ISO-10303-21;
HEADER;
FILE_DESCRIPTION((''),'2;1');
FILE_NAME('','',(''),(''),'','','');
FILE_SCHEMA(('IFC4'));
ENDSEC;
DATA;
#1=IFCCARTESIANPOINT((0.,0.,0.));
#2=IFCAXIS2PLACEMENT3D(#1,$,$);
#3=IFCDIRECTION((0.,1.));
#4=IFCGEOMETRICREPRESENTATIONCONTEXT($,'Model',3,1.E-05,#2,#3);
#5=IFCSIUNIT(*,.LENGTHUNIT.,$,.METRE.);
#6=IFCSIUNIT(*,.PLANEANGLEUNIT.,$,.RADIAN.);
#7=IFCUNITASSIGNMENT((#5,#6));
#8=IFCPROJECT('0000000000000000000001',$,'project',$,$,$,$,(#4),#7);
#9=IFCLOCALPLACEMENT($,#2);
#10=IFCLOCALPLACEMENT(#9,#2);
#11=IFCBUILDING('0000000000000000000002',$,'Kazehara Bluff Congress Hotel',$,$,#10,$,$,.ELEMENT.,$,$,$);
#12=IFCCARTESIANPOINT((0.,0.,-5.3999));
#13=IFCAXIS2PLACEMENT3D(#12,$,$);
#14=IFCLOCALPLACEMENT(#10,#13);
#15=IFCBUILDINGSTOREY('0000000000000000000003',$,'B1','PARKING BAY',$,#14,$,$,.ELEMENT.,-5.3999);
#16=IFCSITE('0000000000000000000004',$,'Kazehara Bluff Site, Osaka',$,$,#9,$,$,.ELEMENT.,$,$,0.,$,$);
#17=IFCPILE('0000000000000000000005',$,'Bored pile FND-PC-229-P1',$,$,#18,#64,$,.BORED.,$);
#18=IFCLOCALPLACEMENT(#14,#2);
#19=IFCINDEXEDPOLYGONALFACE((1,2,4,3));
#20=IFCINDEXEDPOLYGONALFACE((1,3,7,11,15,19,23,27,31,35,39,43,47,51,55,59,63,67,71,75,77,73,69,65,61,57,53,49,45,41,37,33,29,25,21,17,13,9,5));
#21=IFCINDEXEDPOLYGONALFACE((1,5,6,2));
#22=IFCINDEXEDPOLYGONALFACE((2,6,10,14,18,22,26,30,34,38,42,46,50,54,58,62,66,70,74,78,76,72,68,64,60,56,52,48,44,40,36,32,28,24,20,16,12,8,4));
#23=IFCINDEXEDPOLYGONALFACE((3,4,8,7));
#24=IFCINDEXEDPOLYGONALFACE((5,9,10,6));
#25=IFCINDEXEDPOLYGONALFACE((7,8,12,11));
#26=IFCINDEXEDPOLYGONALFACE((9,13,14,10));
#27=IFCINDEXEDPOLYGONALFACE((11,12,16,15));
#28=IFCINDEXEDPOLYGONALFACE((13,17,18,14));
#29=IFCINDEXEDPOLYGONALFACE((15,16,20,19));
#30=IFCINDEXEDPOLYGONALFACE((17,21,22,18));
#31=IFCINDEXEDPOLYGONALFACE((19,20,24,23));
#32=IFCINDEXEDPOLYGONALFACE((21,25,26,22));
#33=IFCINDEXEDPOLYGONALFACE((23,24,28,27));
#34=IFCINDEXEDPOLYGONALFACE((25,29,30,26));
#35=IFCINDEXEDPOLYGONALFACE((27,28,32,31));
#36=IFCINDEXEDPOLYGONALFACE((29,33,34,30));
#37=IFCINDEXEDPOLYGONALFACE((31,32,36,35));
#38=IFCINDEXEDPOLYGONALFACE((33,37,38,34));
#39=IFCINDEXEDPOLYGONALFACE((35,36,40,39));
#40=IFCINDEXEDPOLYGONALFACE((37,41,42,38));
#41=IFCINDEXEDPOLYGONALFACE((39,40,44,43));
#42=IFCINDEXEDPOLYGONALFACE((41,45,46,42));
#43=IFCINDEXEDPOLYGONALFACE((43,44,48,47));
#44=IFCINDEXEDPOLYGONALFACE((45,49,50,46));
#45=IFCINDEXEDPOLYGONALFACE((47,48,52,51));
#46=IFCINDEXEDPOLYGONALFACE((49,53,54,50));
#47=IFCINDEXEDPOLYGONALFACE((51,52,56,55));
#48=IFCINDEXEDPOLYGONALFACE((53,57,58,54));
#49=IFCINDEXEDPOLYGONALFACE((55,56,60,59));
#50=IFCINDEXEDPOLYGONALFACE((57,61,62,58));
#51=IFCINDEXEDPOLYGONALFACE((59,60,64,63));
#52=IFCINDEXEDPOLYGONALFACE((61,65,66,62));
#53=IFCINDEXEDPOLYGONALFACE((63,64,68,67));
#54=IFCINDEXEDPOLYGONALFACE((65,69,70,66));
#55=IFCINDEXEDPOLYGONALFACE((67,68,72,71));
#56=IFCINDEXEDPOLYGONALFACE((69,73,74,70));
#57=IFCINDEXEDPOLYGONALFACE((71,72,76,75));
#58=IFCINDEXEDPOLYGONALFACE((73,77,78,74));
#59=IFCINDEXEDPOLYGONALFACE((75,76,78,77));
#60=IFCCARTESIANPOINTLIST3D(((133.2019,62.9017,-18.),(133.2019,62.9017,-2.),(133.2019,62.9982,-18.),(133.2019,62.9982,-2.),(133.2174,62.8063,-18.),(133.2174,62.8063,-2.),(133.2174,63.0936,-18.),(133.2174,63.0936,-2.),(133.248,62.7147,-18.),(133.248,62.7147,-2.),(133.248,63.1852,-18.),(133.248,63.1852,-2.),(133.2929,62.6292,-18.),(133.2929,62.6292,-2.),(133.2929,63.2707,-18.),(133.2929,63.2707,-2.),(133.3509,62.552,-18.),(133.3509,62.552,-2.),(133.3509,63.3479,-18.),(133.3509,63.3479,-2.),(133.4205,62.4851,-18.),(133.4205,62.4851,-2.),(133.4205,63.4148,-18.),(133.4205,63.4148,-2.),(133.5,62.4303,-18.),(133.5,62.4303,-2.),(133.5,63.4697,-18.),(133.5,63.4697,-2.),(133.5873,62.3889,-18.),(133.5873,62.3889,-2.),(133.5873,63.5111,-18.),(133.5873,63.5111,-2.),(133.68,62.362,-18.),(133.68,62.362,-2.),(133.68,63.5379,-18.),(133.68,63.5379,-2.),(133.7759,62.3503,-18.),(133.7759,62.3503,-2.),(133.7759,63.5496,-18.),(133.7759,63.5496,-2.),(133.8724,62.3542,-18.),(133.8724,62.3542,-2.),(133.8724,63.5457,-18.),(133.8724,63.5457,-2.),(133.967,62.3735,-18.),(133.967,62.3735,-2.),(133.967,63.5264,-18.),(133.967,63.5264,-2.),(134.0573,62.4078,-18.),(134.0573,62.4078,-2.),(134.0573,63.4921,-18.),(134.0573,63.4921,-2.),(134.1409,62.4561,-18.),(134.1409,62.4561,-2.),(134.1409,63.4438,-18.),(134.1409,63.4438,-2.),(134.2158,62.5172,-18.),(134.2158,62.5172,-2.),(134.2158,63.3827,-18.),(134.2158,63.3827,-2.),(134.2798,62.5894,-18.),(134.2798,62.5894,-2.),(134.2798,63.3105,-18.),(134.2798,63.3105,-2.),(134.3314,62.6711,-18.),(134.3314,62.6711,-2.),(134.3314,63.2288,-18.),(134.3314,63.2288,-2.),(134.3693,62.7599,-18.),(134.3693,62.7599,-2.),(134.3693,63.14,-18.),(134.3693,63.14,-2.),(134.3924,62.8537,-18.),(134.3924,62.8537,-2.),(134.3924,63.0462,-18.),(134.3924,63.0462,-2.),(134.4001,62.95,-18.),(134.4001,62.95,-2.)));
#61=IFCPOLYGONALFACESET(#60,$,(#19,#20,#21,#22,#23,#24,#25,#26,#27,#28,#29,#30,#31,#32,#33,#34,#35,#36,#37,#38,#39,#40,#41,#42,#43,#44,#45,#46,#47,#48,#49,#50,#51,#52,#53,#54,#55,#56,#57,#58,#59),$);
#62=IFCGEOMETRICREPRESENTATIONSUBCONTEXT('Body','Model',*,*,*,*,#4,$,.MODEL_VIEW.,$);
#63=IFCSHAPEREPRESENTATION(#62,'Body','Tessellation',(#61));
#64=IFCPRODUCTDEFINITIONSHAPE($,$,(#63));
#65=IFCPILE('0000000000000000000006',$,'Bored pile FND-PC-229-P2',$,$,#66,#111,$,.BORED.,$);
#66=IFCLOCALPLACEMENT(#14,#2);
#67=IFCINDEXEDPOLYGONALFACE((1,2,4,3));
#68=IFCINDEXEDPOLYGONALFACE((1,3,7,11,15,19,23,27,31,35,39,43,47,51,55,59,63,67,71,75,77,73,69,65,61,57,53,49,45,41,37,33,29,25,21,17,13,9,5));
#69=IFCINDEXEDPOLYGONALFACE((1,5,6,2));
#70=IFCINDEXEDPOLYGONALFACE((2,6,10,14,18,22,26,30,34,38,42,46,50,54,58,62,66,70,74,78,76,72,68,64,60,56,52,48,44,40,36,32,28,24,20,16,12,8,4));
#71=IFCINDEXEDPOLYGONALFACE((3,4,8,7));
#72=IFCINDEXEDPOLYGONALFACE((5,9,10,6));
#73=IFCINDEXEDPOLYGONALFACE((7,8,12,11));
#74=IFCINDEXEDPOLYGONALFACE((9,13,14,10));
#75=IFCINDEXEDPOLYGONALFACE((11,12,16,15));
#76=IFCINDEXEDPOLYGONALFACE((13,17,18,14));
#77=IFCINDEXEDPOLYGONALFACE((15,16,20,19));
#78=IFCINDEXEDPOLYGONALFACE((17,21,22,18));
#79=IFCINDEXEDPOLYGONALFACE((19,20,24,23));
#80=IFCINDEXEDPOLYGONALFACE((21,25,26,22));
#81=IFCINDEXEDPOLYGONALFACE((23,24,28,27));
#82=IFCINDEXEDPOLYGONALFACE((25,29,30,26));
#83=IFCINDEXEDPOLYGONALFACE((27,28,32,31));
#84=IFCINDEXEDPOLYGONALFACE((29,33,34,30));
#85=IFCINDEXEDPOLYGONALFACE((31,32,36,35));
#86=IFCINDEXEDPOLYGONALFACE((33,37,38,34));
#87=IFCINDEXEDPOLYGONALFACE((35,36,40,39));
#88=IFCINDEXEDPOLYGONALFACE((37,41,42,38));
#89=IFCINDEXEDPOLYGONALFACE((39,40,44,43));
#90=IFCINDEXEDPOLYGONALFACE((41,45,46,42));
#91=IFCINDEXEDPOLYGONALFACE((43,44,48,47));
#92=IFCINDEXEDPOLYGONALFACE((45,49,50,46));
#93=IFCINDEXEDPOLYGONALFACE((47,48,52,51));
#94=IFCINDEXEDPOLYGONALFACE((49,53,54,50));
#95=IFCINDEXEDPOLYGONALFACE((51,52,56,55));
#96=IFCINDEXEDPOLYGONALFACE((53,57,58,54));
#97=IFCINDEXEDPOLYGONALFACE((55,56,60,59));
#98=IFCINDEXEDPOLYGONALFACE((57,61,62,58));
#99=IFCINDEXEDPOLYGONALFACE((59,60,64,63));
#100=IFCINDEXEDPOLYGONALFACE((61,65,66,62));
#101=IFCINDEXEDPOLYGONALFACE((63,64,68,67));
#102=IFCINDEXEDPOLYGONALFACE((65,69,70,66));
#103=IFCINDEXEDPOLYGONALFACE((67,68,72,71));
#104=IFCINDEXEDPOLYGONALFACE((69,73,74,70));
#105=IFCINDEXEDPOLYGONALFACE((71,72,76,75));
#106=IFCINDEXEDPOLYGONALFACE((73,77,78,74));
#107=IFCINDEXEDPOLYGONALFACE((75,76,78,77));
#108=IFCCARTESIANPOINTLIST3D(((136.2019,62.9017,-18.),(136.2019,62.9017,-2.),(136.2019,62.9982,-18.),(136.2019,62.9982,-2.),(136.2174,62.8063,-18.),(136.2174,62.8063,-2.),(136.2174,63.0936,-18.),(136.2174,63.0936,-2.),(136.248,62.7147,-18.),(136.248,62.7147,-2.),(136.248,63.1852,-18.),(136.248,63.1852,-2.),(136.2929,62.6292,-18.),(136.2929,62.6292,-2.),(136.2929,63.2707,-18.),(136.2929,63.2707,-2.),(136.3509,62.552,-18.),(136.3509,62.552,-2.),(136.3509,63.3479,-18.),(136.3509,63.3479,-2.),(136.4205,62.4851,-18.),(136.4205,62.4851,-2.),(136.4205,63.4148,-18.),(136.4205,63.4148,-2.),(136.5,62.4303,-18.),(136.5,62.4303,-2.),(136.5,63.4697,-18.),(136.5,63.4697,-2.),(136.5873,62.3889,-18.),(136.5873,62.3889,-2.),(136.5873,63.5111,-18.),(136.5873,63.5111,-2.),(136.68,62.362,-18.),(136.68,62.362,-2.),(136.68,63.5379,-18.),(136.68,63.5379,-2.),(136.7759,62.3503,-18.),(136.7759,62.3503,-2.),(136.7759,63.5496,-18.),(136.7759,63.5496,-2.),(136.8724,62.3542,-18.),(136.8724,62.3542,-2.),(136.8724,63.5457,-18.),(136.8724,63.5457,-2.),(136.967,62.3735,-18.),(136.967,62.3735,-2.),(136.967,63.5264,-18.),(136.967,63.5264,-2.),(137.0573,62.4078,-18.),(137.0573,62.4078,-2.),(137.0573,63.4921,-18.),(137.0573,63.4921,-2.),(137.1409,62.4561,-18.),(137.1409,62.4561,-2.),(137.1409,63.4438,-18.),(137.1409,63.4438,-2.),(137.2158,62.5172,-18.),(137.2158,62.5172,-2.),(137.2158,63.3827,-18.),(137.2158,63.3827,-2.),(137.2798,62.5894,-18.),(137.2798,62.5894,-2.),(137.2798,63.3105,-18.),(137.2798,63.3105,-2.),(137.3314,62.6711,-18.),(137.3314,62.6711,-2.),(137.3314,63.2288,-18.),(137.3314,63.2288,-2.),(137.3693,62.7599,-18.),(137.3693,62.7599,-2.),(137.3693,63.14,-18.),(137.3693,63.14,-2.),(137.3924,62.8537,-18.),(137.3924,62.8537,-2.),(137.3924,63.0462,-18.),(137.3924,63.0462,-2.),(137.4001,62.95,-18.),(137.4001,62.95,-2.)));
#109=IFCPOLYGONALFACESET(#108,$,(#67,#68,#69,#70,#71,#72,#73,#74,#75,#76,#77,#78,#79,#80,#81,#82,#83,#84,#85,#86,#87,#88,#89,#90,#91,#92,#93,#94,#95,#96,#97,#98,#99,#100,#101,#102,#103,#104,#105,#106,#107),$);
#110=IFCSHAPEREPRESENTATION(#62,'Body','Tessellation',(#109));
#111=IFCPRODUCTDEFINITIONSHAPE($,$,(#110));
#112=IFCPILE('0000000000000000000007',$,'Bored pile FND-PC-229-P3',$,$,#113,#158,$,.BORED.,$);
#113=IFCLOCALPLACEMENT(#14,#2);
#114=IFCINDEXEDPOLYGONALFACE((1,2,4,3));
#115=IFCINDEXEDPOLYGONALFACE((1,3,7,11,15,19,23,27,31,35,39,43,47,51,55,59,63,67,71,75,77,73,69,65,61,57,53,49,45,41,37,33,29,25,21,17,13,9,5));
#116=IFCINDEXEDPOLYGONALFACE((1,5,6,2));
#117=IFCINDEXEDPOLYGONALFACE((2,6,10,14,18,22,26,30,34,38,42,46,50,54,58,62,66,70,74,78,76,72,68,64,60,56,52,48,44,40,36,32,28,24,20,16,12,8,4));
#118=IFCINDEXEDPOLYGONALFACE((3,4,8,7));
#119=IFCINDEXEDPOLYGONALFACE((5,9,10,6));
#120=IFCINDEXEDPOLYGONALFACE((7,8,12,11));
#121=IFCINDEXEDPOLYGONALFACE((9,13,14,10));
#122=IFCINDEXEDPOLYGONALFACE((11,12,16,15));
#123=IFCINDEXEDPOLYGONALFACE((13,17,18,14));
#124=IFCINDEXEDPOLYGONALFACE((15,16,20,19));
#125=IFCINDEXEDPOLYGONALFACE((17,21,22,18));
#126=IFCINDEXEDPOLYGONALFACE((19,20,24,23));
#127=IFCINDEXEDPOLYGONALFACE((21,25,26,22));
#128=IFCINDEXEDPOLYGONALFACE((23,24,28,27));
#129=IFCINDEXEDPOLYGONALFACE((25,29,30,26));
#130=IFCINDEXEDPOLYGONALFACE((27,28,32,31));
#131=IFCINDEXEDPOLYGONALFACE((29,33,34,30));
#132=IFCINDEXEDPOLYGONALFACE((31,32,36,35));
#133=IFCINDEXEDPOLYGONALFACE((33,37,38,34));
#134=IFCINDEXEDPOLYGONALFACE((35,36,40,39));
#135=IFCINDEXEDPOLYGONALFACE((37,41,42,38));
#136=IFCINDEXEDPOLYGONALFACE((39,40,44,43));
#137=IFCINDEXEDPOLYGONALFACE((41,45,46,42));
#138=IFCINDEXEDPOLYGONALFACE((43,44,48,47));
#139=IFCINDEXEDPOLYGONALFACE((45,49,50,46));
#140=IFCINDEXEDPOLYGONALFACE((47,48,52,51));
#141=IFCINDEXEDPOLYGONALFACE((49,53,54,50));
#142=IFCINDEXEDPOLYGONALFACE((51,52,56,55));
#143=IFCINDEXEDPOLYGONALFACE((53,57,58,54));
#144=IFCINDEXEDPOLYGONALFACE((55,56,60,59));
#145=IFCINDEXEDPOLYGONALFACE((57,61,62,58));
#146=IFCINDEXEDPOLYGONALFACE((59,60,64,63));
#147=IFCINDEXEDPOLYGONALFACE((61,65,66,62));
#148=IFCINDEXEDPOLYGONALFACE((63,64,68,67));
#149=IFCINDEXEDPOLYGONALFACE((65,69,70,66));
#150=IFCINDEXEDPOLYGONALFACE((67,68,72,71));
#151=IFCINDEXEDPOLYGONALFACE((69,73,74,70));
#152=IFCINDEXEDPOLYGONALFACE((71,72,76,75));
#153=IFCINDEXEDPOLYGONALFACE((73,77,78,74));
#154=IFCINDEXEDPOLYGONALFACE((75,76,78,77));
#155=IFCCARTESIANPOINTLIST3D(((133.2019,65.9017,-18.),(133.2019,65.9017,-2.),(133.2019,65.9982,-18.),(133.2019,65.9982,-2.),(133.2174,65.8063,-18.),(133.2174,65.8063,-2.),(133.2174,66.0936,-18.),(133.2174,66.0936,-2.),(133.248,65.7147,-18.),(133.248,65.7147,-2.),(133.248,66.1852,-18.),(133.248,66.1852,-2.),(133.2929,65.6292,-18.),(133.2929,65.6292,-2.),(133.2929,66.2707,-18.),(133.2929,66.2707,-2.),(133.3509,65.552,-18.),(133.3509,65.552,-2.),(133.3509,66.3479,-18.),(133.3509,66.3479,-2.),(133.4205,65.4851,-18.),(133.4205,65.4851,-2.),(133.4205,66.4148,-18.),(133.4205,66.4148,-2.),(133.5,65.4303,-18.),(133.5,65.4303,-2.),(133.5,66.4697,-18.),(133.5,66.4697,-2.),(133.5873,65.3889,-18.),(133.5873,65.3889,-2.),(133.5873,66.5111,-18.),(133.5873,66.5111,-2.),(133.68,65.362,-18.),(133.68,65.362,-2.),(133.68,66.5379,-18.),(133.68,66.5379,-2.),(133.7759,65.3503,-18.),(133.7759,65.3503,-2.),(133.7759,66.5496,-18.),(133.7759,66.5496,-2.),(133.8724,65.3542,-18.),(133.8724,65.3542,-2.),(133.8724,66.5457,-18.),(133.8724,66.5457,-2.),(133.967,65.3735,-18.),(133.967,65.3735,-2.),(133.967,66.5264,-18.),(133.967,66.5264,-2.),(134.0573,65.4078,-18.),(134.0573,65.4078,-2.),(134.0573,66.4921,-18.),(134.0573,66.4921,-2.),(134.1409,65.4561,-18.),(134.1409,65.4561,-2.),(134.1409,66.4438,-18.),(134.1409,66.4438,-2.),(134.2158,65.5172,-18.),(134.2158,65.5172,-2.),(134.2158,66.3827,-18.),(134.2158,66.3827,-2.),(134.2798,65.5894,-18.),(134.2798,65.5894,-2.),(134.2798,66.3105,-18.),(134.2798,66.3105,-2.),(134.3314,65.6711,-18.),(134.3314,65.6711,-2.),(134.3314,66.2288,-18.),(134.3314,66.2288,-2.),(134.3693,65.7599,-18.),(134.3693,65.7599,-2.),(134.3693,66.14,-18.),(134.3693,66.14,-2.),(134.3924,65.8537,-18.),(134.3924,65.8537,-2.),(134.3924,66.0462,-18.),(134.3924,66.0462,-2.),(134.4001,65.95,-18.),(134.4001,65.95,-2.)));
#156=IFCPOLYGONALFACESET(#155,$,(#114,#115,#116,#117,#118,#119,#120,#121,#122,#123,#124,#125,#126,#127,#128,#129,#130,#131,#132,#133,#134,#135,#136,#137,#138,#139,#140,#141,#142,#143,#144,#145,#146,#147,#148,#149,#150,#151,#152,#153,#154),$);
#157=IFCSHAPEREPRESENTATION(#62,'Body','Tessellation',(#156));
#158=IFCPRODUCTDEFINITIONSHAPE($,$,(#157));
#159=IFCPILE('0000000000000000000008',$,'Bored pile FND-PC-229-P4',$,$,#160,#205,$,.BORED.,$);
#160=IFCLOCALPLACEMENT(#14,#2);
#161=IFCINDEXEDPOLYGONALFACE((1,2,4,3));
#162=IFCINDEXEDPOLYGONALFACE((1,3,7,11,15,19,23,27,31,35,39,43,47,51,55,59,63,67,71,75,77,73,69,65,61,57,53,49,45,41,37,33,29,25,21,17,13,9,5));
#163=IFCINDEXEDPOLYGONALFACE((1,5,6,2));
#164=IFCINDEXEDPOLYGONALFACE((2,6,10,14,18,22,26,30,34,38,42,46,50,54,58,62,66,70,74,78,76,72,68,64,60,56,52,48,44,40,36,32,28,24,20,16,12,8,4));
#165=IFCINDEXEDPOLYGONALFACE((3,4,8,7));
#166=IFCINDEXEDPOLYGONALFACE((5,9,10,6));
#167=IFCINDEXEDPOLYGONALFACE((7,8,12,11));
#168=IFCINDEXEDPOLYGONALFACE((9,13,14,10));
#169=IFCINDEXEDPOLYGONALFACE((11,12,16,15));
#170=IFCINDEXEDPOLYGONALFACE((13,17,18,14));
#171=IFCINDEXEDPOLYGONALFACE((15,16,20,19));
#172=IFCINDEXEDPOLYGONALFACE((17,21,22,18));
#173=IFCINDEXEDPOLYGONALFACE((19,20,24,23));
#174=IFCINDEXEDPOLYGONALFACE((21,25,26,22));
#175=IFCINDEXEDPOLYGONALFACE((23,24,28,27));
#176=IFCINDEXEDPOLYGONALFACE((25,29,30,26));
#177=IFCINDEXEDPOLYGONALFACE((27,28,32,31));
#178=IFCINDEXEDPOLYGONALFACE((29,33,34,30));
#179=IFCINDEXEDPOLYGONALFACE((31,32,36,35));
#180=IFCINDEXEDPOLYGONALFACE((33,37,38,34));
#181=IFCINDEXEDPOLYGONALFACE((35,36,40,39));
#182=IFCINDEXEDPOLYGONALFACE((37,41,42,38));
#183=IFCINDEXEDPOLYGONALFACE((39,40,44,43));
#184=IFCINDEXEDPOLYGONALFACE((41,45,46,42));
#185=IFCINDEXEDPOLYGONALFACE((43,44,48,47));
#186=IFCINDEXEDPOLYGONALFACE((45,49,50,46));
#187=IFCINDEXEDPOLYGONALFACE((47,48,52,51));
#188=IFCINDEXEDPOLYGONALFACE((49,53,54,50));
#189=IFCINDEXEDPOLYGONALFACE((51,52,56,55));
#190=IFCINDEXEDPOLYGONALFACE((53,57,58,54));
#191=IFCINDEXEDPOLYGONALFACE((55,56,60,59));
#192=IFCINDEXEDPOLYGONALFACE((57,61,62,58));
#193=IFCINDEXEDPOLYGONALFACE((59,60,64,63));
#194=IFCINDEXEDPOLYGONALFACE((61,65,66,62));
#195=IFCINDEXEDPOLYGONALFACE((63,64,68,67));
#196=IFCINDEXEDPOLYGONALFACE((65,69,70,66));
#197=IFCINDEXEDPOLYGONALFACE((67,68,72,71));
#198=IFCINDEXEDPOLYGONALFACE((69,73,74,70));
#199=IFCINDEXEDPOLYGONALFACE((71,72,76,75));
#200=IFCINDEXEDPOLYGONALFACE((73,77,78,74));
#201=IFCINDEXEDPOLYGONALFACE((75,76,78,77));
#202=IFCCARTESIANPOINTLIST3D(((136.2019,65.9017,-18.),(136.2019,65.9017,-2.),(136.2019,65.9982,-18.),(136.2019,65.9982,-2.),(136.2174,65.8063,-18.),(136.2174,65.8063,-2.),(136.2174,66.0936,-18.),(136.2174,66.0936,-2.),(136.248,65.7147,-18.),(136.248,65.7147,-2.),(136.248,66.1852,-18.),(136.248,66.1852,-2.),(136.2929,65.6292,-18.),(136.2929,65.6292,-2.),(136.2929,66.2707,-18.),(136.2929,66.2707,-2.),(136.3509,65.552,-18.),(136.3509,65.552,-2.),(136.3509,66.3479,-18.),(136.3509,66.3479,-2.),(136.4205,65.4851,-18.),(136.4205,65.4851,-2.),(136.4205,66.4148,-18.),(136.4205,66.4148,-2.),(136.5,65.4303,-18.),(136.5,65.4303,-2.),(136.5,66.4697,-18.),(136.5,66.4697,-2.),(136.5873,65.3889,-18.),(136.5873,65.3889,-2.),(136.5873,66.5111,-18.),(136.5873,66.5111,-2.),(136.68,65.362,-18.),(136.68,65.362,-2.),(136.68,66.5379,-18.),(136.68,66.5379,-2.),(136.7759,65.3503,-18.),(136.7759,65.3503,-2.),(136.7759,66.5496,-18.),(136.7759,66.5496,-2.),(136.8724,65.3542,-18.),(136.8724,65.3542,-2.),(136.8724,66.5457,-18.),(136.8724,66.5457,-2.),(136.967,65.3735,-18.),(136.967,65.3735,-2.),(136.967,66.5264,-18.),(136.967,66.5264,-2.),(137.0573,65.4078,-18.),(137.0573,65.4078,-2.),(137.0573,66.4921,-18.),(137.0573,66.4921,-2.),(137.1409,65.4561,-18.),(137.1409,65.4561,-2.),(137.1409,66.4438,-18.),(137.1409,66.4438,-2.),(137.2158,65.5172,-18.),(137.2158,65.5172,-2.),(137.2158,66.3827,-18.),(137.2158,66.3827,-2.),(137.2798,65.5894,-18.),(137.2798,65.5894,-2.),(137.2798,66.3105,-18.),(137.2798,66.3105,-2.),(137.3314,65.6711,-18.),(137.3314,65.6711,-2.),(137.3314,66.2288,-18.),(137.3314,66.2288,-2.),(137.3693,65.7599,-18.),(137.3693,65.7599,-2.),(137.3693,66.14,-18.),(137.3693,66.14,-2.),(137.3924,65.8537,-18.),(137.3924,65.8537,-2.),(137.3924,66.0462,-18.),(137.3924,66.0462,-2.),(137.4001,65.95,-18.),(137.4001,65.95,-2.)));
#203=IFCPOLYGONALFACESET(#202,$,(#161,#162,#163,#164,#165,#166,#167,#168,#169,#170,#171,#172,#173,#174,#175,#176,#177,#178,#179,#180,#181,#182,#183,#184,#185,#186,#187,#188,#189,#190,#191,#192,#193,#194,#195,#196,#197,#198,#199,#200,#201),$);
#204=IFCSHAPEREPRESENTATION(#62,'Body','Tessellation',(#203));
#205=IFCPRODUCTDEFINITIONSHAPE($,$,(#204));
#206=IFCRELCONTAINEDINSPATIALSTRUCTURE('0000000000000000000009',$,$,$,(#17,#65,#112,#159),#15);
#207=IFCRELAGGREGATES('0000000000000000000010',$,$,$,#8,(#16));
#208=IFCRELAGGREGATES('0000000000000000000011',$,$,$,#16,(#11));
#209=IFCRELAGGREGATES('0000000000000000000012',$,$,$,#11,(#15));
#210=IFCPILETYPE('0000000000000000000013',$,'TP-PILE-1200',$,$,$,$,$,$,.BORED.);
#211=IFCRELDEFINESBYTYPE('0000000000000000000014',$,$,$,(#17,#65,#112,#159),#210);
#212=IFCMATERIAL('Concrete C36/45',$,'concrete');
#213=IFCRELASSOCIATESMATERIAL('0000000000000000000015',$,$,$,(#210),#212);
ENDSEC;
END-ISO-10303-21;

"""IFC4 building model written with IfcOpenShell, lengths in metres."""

from ifc_helpers import new_model, si_unit, direction, frame, origin, origin_2d, place, context, subcontext, project, spatial, circle, extrude, material, material_profile, profile_set, type_object, element, save


model = new_model("IFC4")

# Units and contexts
model_context = context("Model", 3, precision=1e-05, world=origin(), true_north=direction((0.0, 1.0)))
body_context = subcontext(model_context, "Body", "Model", "MODEL_VIEW")
ifc_project = project(units=[si_unit("LENGTHUNIT", "METRE"), si_unit("PLANEANGLEUNIT", "RADIAN")], contexts=[model_context])

# Site, building, storey
site_placement = place(None, origin())
site = spatial("IfcSite", under=ifc_project, at=site_placement, Name="Kazehara Bluff Site, Osaka", CompositionType="ELEMENT", RefElevation=0.0)
building_placement = place(site_placement, origin())
building = spatial("IfcBuilding", under=site, at=building_placement, Name="Kazehara Bluff Congress Hotel", CompositionType="ELEMENT")
storey_placement = place(building_placement, frame((0.0, 0.0, -5.3999)))
storey = spatial("IfcBuildingStorey", under=building, at=storey_placement, Name="B1", Description="PARKING BAY", CompositionType="ELEMENT", Elevation=-5.3999)

# Piles
ifc_material_1 = material(Name="Concrete C36/45", Category="concrete")
ifc_material_profile_1 = material_profile(ifc_material_1, circle(Radius=0.6001, at=origin_2d()))
ifc_profile_set_1 = profile_set([ifc_material_profile_1], Name="Concrete C36/45")
pile_type = type_object("IfcPileType", Name="TP-PILE-1200", PredefinedType="BORED", material=ifc_profile_set_1)
for number, where, z_axis, x_axis, name in (
    (1, (133.8, 62.95, -2.0), (0.0, 0.0, -1.0), (1.0, 0.0, 0.0), "Bored pile FND-PC-229-P1"),
    (2, (136.8, 62.95, -2.0), (0.0, 0.0, -1.0), (1.0, 0.0, 0.0), "Bored pile FND-PC-229-P2"),
    (3, (133.8, 65.95, -2.0), (0.0, 0.0, -1.0), (1.0, 0.0, 0.0), "Bored pile FND-PC-229-P3"),
    (4, (136.8, 65.95, -2.0), (0.0, 0.0, -1.0), (1.0, 0.0, 0.0), "Bored pile FND-PC-229-P4"),
):
    element("IfcPile", number, at=place(storey_placement, frame(where, z_axis=z_axis, x_axis=x_axis)), inside=storey, type_object=pile_type, Name=name, PredefinedType="BORED", context=body_context, shape_type="SweptSolid", body=[
        extrude(circle(Radius=0.6001, at=origin_2d()), origin(), (0.0, 0.0, 1.0), 16.0),
    ])

save(model, "model.ifc")
